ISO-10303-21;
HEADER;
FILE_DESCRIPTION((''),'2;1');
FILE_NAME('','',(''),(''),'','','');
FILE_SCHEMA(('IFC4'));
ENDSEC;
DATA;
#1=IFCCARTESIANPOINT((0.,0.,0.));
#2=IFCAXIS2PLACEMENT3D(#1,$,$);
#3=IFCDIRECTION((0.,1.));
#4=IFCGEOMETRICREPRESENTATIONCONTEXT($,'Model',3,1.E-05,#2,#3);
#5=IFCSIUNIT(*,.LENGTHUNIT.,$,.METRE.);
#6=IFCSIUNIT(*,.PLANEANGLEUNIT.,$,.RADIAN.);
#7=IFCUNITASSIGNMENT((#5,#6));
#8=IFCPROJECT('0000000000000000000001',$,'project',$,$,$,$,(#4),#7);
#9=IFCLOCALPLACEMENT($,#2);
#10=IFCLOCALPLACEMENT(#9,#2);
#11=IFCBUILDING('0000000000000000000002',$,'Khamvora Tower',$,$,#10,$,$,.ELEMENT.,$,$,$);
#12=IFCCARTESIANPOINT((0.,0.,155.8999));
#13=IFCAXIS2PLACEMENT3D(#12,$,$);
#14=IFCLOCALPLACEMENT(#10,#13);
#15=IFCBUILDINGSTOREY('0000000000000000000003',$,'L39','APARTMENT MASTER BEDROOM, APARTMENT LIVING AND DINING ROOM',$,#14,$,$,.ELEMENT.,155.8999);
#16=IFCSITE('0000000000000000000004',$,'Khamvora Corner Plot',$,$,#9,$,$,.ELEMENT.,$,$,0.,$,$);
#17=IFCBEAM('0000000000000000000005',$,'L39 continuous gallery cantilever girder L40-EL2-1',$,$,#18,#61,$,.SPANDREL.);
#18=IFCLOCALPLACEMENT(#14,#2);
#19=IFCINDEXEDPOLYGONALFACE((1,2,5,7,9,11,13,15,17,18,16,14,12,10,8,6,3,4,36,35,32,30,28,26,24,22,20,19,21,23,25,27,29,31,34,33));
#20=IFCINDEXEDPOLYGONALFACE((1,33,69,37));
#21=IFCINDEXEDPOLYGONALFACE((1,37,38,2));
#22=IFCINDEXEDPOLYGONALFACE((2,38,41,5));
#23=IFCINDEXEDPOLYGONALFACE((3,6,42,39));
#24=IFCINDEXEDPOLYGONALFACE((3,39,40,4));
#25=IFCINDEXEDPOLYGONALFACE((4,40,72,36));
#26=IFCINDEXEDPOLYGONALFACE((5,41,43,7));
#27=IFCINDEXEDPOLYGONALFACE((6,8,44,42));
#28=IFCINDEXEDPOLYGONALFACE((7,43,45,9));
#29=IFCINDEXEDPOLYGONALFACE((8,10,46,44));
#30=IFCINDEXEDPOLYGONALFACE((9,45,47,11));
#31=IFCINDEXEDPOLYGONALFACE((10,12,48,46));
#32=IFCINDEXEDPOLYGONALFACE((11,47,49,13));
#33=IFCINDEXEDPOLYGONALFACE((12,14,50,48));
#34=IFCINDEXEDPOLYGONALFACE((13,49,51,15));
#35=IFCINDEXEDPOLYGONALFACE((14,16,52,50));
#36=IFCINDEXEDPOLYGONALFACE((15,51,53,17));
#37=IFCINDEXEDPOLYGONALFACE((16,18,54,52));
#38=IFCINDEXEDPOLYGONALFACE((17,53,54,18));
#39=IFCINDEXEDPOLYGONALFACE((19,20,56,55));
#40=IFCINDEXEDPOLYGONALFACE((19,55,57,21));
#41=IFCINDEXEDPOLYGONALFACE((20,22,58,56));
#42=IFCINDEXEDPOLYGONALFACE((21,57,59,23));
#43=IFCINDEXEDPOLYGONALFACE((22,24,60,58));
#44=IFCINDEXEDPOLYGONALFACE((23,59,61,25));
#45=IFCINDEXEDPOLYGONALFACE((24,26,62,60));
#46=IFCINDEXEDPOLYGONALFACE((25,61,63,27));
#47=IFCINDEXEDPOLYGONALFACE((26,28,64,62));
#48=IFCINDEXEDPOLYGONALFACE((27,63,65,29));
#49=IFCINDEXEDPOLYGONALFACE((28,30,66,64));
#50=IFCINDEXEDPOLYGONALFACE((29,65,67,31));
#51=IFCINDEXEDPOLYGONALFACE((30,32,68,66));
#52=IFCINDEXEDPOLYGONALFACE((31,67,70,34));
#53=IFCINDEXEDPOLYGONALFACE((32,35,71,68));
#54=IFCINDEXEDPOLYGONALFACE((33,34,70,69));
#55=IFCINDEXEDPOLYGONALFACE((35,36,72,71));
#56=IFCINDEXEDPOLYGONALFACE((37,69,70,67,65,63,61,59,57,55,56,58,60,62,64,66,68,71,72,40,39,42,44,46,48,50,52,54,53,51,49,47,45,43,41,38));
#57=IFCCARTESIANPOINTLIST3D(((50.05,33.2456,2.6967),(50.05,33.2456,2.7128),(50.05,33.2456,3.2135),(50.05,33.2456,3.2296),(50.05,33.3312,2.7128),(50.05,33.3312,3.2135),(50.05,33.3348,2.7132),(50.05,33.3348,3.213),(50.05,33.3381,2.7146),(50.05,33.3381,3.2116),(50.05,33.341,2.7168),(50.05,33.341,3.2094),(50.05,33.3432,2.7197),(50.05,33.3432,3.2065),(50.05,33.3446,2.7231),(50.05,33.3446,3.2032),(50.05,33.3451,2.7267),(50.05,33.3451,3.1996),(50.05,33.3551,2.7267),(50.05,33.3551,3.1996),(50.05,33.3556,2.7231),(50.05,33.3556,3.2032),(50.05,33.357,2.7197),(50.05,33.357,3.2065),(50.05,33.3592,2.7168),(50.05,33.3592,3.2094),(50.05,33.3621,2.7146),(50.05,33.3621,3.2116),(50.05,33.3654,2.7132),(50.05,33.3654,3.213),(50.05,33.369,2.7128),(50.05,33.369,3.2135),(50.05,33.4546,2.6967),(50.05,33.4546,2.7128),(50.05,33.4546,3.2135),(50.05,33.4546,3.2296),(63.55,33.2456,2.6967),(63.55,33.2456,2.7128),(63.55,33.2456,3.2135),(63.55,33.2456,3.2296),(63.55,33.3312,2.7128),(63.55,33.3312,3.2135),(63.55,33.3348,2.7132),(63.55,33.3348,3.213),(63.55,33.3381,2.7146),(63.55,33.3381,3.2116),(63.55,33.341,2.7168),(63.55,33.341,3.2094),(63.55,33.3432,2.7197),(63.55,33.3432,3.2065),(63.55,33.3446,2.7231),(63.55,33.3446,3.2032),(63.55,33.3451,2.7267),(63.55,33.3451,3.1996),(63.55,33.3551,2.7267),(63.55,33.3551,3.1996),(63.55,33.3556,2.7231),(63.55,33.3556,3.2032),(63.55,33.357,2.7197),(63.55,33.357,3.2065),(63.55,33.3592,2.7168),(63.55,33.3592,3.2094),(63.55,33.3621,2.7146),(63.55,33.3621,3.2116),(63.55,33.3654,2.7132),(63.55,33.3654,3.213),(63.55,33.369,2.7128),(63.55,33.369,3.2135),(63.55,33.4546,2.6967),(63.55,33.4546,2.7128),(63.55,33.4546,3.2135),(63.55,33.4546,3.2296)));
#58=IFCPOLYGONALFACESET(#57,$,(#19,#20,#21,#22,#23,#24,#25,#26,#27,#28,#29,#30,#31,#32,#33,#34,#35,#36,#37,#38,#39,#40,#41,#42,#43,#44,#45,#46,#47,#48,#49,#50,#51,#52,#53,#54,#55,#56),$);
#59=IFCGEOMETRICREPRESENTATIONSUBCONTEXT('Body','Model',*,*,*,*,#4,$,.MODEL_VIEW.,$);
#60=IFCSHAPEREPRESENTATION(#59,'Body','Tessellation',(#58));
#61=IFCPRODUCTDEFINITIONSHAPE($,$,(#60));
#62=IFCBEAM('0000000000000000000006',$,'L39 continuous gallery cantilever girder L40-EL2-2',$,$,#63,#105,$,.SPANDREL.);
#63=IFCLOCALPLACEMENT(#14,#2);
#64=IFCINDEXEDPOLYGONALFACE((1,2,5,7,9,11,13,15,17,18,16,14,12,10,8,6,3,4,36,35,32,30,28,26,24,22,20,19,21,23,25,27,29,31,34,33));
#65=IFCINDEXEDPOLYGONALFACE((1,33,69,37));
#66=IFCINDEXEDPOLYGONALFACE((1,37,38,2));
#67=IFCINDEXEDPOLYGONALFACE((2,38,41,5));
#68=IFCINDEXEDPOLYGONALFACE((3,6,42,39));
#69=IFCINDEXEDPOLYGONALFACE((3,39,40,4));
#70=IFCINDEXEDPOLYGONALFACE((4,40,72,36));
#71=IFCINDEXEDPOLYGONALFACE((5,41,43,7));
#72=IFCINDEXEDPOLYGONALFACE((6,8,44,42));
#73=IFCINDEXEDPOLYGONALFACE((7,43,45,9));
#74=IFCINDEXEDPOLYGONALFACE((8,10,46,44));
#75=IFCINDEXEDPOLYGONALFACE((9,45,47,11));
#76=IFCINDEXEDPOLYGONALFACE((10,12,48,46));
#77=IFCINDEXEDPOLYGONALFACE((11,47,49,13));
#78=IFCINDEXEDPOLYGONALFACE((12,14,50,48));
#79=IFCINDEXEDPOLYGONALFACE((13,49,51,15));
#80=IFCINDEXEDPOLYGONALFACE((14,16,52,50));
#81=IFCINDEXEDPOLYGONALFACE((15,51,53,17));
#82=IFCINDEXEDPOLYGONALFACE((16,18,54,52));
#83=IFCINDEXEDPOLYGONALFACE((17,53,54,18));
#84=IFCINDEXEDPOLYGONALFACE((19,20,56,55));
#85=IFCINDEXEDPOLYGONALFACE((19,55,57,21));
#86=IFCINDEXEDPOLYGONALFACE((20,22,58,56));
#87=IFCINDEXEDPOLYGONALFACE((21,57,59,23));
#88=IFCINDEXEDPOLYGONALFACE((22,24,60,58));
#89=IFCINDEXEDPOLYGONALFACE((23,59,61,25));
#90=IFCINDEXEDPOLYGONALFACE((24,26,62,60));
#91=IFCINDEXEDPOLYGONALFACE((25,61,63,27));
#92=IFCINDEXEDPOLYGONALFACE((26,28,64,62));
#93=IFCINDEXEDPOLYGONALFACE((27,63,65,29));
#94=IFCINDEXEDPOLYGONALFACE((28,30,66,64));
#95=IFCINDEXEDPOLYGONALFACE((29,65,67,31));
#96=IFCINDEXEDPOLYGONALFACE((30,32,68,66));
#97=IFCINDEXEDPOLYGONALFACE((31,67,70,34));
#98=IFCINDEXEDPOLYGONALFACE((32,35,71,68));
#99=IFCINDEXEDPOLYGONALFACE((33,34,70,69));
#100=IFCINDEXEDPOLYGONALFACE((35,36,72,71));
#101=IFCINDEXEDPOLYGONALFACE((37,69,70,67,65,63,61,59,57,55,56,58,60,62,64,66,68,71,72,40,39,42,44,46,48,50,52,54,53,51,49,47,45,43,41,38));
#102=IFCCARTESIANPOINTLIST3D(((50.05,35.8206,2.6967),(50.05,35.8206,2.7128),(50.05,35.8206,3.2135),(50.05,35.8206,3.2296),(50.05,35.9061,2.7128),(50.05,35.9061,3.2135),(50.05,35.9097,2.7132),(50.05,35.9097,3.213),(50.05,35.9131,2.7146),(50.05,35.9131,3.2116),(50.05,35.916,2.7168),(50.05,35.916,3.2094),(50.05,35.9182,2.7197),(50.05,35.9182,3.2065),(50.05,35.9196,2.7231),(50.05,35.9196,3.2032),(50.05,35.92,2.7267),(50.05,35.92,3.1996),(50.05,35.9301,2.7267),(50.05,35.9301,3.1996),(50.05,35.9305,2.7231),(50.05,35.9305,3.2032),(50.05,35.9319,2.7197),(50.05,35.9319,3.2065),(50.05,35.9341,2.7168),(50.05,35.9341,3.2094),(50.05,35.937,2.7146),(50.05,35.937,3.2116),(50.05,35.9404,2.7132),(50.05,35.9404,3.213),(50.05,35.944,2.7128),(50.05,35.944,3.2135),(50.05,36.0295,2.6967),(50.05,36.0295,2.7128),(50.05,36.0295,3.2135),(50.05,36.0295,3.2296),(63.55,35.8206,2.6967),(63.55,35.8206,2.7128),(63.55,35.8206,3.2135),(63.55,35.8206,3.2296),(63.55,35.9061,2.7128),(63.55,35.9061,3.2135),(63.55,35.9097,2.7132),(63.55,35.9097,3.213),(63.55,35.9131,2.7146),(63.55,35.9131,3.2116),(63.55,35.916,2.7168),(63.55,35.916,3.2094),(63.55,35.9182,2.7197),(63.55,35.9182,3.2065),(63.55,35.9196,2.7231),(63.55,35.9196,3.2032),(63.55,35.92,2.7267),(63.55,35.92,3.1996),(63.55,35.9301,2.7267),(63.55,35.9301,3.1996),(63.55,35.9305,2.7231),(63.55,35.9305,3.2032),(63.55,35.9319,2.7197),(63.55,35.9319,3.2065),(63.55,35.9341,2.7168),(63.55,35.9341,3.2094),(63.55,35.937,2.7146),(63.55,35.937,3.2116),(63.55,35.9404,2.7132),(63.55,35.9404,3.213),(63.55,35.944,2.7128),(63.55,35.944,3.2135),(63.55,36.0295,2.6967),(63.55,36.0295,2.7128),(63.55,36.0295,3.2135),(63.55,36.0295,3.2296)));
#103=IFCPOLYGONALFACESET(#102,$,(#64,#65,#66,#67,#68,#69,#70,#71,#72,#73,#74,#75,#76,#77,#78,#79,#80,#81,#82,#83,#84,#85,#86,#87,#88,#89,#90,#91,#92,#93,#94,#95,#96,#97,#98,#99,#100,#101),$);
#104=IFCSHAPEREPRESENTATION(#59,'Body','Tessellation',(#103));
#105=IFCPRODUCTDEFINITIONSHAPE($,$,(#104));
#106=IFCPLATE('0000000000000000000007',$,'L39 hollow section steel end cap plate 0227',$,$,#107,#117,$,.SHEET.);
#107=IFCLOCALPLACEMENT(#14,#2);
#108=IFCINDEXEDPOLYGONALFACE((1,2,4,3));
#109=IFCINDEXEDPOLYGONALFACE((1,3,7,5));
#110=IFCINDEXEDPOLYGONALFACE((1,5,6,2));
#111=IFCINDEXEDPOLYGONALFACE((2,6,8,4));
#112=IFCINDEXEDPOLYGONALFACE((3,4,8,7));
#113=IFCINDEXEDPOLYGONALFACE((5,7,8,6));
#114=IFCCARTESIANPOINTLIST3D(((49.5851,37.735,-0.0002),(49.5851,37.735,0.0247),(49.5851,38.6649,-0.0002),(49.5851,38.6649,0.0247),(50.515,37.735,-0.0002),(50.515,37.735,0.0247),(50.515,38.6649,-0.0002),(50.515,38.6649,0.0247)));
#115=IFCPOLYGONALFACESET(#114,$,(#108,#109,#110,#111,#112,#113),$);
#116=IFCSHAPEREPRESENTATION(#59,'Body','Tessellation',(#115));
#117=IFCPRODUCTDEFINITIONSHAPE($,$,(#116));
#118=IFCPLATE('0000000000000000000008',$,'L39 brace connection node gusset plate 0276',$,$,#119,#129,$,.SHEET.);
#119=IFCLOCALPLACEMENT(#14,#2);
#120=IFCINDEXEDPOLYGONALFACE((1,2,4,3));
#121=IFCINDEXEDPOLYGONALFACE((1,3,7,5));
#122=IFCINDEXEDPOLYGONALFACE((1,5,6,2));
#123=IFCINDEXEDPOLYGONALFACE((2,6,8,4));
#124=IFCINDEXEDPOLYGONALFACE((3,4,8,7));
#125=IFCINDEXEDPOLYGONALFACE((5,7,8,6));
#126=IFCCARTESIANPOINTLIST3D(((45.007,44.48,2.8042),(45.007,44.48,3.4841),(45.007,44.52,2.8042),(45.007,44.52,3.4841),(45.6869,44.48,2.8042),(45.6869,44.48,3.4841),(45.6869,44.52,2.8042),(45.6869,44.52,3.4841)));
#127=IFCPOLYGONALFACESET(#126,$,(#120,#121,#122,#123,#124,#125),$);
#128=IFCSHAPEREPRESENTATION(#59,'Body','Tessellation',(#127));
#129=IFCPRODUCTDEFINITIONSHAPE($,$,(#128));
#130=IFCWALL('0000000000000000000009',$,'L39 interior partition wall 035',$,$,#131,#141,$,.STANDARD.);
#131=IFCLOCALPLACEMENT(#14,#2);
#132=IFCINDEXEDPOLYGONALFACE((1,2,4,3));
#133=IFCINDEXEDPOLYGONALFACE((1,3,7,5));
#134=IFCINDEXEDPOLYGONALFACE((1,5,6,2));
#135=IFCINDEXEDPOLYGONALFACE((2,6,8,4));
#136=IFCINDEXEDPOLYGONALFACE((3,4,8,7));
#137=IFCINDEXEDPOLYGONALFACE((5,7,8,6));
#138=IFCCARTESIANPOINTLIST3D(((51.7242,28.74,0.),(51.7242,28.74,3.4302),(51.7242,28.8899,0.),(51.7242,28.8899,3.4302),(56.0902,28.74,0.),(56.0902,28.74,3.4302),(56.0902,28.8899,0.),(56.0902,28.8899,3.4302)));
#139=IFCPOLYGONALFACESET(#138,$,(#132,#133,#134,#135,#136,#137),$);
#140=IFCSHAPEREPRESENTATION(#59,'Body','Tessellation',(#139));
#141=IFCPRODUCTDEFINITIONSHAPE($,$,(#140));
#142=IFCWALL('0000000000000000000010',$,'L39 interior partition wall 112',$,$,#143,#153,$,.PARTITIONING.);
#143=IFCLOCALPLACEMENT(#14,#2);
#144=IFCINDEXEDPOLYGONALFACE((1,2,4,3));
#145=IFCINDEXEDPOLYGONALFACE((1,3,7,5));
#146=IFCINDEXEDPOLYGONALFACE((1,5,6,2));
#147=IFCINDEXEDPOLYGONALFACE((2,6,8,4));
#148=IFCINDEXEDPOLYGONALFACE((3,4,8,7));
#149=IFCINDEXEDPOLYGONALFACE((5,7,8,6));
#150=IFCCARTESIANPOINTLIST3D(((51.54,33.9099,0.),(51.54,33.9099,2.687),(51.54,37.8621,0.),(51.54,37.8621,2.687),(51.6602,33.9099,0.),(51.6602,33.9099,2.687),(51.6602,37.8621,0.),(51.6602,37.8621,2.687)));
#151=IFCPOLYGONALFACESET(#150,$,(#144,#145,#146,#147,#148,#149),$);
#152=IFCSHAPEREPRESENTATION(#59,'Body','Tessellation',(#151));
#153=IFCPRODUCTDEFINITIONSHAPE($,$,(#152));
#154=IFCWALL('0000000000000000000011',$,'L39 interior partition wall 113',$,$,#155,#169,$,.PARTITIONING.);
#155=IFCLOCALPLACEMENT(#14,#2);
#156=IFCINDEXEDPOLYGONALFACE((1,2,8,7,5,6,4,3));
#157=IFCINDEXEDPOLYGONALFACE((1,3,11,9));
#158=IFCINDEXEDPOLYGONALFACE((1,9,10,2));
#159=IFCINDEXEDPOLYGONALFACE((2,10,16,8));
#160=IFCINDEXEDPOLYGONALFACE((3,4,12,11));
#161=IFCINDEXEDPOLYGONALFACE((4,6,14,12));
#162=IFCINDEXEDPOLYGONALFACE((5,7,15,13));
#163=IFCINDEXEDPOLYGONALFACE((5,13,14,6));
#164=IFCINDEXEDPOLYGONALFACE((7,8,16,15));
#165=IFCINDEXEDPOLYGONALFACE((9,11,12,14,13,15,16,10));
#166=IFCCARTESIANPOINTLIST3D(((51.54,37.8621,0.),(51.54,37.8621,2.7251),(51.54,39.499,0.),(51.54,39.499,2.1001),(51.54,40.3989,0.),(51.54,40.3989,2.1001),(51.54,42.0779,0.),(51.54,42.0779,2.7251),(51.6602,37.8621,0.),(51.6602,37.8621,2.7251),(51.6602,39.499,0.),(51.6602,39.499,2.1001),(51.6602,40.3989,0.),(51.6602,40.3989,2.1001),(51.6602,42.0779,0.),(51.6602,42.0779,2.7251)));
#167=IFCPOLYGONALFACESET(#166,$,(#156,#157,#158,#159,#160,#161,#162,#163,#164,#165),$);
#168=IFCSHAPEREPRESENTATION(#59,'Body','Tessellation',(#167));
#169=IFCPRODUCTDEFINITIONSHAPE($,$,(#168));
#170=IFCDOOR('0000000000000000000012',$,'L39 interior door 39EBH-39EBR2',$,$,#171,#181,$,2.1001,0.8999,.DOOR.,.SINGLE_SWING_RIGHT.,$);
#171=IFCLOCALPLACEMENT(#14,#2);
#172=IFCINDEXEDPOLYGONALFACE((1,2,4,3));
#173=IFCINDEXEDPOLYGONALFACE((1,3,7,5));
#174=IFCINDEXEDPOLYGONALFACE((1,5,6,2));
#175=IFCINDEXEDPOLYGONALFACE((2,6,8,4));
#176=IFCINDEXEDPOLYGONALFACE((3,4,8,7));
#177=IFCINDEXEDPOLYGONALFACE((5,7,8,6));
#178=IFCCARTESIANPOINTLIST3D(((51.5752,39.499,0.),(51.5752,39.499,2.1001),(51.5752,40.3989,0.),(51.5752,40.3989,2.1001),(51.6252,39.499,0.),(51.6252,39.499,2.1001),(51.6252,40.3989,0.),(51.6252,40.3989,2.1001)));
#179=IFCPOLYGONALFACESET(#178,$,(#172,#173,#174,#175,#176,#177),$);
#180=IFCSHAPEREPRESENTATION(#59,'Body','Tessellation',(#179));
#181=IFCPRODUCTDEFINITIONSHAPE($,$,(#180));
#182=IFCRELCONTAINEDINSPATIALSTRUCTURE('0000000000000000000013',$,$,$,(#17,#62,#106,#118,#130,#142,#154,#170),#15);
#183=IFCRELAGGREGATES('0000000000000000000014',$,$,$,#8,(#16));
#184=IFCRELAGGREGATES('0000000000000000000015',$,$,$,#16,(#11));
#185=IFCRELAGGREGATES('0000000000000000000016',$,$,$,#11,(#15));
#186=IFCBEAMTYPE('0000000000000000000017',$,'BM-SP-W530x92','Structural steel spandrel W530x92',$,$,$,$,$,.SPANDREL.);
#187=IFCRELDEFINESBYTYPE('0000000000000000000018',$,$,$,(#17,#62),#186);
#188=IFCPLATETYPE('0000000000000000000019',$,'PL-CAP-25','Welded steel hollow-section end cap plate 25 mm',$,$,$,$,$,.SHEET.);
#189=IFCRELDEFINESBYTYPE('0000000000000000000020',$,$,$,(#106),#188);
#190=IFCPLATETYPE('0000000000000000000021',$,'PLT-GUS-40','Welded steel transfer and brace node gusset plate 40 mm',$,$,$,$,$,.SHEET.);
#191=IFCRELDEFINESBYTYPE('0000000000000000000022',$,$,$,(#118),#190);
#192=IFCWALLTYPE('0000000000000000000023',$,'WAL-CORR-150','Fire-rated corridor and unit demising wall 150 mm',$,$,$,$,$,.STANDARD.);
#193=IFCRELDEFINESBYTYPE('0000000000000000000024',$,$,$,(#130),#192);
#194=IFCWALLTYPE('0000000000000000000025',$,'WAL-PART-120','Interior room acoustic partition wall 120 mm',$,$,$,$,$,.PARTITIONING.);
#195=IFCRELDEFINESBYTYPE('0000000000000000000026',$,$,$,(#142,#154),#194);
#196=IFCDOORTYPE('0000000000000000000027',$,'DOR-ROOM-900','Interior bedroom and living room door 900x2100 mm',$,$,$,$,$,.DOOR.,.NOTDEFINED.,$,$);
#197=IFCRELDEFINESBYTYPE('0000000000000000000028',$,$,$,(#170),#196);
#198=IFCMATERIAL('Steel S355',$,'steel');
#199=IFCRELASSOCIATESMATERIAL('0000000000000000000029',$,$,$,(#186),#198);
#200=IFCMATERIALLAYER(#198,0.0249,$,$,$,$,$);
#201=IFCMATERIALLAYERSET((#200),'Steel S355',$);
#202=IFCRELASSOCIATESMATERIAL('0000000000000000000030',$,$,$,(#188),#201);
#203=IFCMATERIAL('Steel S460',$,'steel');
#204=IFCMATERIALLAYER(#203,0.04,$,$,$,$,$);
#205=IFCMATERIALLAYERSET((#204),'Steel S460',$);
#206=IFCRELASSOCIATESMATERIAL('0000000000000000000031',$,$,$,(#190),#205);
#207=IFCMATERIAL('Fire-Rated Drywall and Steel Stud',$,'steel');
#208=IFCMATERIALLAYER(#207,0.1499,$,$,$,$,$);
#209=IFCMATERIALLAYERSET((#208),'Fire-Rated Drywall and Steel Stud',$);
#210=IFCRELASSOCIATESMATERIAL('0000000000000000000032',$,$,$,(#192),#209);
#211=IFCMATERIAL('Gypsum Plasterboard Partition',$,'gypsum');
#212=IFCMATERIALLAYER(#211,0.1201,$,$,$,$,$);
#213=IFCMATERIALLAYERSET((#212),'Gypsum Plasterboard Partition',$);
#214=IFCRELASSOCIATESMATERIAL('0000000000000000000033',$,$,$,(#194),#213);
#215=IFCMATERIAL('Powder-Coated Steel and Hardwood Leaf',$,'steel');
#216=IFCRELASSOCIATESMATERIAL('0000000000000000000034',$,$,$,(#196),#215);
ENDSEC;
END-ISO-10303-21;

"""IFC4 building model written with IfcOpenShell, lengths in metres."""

from ifc_helpers import new_model, si_unit, direction, frame, frame_2d, origin, origin_2d, place, context, subcontext, project, spatial, rectangle, i_section, extrude, material, layer, layer_set, material_profile, profile_set, type_object, element, fill, save


model = new_model("IFC4")

# Units and contexts
model_context = context("Model", 3, precision=1e-05, world=origin(), true_north=direction((0.0, 1.0)))
body_context = subcontext(model_context, "Body", "Model", "MODEL_VIEW")
ifc_project = project(units=[si_unit("LENGTHUNIT", "METRE"), si_unit("PLANEANGLEUNIT", "RADIAN")], contexts=[model_context])

# Site, building, storey
site_placement = place(None, origin())
site = spatial("IfcSite", under=ifc_project, at=site_placement, Name="Khamvora Corner Plot", CompositionType="ELEMENT", RefElevation=0.0)
building_placement = place(site_placement, origin())
building = spatial("IfcBuilding", under=site, at=building_placement, Name="Khamvora Tower", CompositionType="ELEMENT")
storey_placement = place(building_placement, frame((0.0, 0.0, 155.8999)))
storey = spatial("IfcBuildingStorey", under=building, at=storey_placement, Name="L39", Description="APARTMENT MASTER BEDROOM, APARTMENT LIVING AND DINING ROOM", CompositionType="ELEMENT", Elevation=155.8999)

# Shared definitions
ifc_material_1 = material(Name="Steel S355", Category="steel")

# Beams
ifc_material_profile_1 = material_profile(ifc_material_1, i_section(OverallWidth=0.209, OverallDepth=0.533, WebThickness=0.01, FlangeThickness=0.0161, FilletRadius=0.0139, at=origin_2d()), Name="W530x92")
ifc_profile_set_1 = profile_set([ifc_material_profile_1], Name="Steel S355")
beam_type_1 = type_object("IfcBeamType", Name="BM-SP-W530x92", Description="Structural steel spandrel W530x92", PredefinedType="SPANDREL", material=ifc_profile_set_1)
for number, where, z_axis, x_axis, name in (
    (1, (50.05, 33.3501, 2.9631), (1.0, 0.0, 0.0), (0.0, 1.0, 0.0), "L39 continuous gallery cantilever girder L40-EL2-1"),
    (2, (50.05, 35.925, 2.9631), (1.0, 0.0, 0.0), (0.0, 1.0, 0.0), "L39 continuous gallery cantilever girder L40-EL2-2"),
):
    element("IfcBeam", number, at=place(storey_placement, frame(where, z_axis=z_axis, x_axis=x_axis)), inside=storey, type_object=beam_type_1, Name=name, PredefinedType="SPANDREL", context=body_context, shape_type="SweptSolid", body=[
        extrude(i_section(OverallWidth=0.209, OverallDepth=0.533, WebThickness=0.01, FlangeThickness=0.0161, FilletRadius=0.0139, at=origin_2d()), origin(), (0.0, 0.0, 1.0), 13.5),
    ])

# Plates
ifc_layer_1 = layer(ifc_material_1, 0.0249)
ifc_layer_set_1 = layer_set([ifc_layer_1], Name="Steel S355")
plate_type_1 = type_object("IfcPlateType", Name="PL-CAP-25", Description="Welded steel hollow-section end cap plate 25 mm", PredefinedType="SHEET", material=ifc_layer_set_1)
plate_1_placement = place(storey_placement, frame((50.05, 38.2, -0.0002), z_axis=(0.0, 0.0, 1.0), x_axis=(1.0, 0.0, 0.0)))
element("IfcPlate", 3, at=plate_1_placement, inside=storey, type_object=plate_type_1, Name="L39 hollow section steel end cap plate 0227", PredefinedType="SHEET", context=body_context, shape_type="SweptSolid", body=[
    extrude(rectangle(XDim=0.9299, YDim=0.9299, at=origin_2d()), origin(), (0.0, 0.0, 1.0), 0.0249),
])
ifc_material_2 = material(Name="Steel S460", Category="steel")
ifc_layer_2 = layer(ifc_material_2, 0.04)
ifc_layer_set_2 = layer_set([ifc_layer_2], Name="Steel S460")
plate_type_2 = type_object("IfcPlateType", Name="PLT-GUS-40", Description="Welded steel transfer and brace node gusset plate 40 mm", PredefinedType="SHEET", material=ifc_layer_set_2)
plate_2_placement = place(storey_placement, frame((45.3469, 44.5, 2.8042), z_axis=(0.0, 0.0, 1.0), x_axis=(1.0, 0.0, 0.0)))
element("IfcPlate", 4, at=plate_2_placement, inside=storey, type_object=plate_type_2, Name="L39 brace connection node gusset plate 0276", PredefinedType="SHEET", context=body_context, shape_type="SweptSolid", body=[
    extrude(rectangle(XDim=0.6799, YDim=0.04, at=origin_2d()), origin(), (0.0, 0.0, 1.0), 0.6799),
])

# Walls
ifc_material_3 = material(Name="Fire-Rated Drywall and Steel Stud", Category="steel")
ifc_layer_3 = layer(ifc_material_3, 0.1499)
ifc_layer_set_3 = layer_set([ifc_layer_3], Name="Fire-Rated Drywall and Steel Stud")
wall_type_1 = type_object("IfcWallType", Name="WAL-CORR-150", Description="Fire-rated corridor and unit demising wall 150 mm", PredefinedType="STANDARD", material=ifc_layer_set_3)
wall_1_placement = place(storey_placement, frame((51.7241, 28.8149, 0.0), z_axis=(0.0, 0.0, 1.0), x_axis=(1.0, 0.0, 0.0)))
element("IfcWall", 5, at=wall_1_placement, inside=storey, type_object=wall_type_1, Name="L39 interior partition wall 035", PredefinedType="STANDARD", context=body_context, shape_type="SweptSolid", body=[
    extrude(rectangle(XDim=4.366, YDim=0.1499, at=frame_2d((2.1831, 0.0))), origin(), (0.0, 0.0, 1.0), 3.4302),
])
ifc_material_4 = material(Name="Gypsum Plasterboard Partition", Category="gypsum")
ifc_layer_4 = layer(ifc_material_4, 0.1201)
ifc_layer_set_4 = layer_set([ifc_layer_4], Name="Gypsum Plasterboard Partition")
wall_type_2 = type_object("IfcWallType", Name="WAL-PART-120", Description="Interior room acoustic partition wall 120 mm", PredefinedType="PARTITIONING", material=ifc_layer_set_4)
wall_2_placement = place(storey_placement, frame((51.6001, 33.9099, 0.0), z_axis=(0.0, 0.0, 1.0), x_axis=(0.0, 1.0, 0.0)))
element("IfcWall", 6, at=wall_2_placement, inside=storey, type_object=wall_type_2, Name="L39 interior partition wall 112", PredefinedType="PARTITIONING", context=body_context, shape_type="SweptSolid", body=[
    extrude(rectangle(XDim=3.9521, YDim=0.1201, at=frame_2d((1.9761, 0.0))), origin(), (0.0, 0.0, 1.0), 2.687),
])

# Wall, opening, door
wall_3_placement = place(storey_placement, frame((51.6001, 37.8621, 0.0), z_axis=(0.0, 0.0, 1.0), x_axis=(0.0, 1.0, 0.0)))
wall_3 = element("IfcWall", 7, at=wall_3_placement, inside=storey, type_object=wall_type_2, Name="L39 interior partition wall 113", PredefinedType="PARTITIONING", context=body_context, shape_type="SweptSolid", body=[
    extrude(rectangle(XDim=4.2158, YDim=0.1201, at=frame_2d((2.1079, 0.0))), origin(), (0.0, 0.0, 1.0), 2.7251),
])
opening_1_placement = place(wall_3_placement, frame((1.637, 0.0, 0.0)))
opening_1 = element("IfcOpeningElement", 8, at=opening_1_placement, cuts=wall_3, PredefinedType="OPENING", context=body_context, shape_type="SweptSolid", body=[
    extrude(rectangle(XDim=0.8999, YDim=2.1001, at=frame_2d((0.45, 1.05))), frame((0.0, 0.0701, 0.0), z_axis=(0.0, -1.0, 0.0), x_axis=(1.0, 0.0, 0.0)), (0.0, 0.0, 1.0), 0.1401),
])
ifc_material_5 = material(Name="Powder-Coated Steel and Hardwood Leaf", Category="steel")
door_type_1 = type_object("IfcDoorType", Name="DOR-ROOM-900", Description="Interior bedroom and living room door 900x2100 mm", OperationType="NOTDEFINED", PredefinedType="DOOR", material=ifc_material_5)
door_1_placement = place(opening_1_placement, origin())
door_1 = element("IfcDoor", 9, at=door_1_placement, inside=storey, type_object=door_type_1, Name="L39 interior door 39EBH-39EBR2", OperationType="SINGLE_SWING_RIGHT", OverallHeight=2.1001, OverallWidth=0.8999, PredefinedType="DOOR", context=body_context, shape_type="SweptSolid", body=[
    extrude(rectangle(XDim=0.8999, YDim=2.1001, at=frame_2d((0.45, 1.05))), frame((0.0, 0.0249, 0.0), z_axis=(0.0, -1.0, 0.0), x_axis=(1.0, 0.0, 0.0)), (0.0, 0.0, 1.0), 0.05),
])
fill(opening_1, door_1)

save(model, "model.ifc")
